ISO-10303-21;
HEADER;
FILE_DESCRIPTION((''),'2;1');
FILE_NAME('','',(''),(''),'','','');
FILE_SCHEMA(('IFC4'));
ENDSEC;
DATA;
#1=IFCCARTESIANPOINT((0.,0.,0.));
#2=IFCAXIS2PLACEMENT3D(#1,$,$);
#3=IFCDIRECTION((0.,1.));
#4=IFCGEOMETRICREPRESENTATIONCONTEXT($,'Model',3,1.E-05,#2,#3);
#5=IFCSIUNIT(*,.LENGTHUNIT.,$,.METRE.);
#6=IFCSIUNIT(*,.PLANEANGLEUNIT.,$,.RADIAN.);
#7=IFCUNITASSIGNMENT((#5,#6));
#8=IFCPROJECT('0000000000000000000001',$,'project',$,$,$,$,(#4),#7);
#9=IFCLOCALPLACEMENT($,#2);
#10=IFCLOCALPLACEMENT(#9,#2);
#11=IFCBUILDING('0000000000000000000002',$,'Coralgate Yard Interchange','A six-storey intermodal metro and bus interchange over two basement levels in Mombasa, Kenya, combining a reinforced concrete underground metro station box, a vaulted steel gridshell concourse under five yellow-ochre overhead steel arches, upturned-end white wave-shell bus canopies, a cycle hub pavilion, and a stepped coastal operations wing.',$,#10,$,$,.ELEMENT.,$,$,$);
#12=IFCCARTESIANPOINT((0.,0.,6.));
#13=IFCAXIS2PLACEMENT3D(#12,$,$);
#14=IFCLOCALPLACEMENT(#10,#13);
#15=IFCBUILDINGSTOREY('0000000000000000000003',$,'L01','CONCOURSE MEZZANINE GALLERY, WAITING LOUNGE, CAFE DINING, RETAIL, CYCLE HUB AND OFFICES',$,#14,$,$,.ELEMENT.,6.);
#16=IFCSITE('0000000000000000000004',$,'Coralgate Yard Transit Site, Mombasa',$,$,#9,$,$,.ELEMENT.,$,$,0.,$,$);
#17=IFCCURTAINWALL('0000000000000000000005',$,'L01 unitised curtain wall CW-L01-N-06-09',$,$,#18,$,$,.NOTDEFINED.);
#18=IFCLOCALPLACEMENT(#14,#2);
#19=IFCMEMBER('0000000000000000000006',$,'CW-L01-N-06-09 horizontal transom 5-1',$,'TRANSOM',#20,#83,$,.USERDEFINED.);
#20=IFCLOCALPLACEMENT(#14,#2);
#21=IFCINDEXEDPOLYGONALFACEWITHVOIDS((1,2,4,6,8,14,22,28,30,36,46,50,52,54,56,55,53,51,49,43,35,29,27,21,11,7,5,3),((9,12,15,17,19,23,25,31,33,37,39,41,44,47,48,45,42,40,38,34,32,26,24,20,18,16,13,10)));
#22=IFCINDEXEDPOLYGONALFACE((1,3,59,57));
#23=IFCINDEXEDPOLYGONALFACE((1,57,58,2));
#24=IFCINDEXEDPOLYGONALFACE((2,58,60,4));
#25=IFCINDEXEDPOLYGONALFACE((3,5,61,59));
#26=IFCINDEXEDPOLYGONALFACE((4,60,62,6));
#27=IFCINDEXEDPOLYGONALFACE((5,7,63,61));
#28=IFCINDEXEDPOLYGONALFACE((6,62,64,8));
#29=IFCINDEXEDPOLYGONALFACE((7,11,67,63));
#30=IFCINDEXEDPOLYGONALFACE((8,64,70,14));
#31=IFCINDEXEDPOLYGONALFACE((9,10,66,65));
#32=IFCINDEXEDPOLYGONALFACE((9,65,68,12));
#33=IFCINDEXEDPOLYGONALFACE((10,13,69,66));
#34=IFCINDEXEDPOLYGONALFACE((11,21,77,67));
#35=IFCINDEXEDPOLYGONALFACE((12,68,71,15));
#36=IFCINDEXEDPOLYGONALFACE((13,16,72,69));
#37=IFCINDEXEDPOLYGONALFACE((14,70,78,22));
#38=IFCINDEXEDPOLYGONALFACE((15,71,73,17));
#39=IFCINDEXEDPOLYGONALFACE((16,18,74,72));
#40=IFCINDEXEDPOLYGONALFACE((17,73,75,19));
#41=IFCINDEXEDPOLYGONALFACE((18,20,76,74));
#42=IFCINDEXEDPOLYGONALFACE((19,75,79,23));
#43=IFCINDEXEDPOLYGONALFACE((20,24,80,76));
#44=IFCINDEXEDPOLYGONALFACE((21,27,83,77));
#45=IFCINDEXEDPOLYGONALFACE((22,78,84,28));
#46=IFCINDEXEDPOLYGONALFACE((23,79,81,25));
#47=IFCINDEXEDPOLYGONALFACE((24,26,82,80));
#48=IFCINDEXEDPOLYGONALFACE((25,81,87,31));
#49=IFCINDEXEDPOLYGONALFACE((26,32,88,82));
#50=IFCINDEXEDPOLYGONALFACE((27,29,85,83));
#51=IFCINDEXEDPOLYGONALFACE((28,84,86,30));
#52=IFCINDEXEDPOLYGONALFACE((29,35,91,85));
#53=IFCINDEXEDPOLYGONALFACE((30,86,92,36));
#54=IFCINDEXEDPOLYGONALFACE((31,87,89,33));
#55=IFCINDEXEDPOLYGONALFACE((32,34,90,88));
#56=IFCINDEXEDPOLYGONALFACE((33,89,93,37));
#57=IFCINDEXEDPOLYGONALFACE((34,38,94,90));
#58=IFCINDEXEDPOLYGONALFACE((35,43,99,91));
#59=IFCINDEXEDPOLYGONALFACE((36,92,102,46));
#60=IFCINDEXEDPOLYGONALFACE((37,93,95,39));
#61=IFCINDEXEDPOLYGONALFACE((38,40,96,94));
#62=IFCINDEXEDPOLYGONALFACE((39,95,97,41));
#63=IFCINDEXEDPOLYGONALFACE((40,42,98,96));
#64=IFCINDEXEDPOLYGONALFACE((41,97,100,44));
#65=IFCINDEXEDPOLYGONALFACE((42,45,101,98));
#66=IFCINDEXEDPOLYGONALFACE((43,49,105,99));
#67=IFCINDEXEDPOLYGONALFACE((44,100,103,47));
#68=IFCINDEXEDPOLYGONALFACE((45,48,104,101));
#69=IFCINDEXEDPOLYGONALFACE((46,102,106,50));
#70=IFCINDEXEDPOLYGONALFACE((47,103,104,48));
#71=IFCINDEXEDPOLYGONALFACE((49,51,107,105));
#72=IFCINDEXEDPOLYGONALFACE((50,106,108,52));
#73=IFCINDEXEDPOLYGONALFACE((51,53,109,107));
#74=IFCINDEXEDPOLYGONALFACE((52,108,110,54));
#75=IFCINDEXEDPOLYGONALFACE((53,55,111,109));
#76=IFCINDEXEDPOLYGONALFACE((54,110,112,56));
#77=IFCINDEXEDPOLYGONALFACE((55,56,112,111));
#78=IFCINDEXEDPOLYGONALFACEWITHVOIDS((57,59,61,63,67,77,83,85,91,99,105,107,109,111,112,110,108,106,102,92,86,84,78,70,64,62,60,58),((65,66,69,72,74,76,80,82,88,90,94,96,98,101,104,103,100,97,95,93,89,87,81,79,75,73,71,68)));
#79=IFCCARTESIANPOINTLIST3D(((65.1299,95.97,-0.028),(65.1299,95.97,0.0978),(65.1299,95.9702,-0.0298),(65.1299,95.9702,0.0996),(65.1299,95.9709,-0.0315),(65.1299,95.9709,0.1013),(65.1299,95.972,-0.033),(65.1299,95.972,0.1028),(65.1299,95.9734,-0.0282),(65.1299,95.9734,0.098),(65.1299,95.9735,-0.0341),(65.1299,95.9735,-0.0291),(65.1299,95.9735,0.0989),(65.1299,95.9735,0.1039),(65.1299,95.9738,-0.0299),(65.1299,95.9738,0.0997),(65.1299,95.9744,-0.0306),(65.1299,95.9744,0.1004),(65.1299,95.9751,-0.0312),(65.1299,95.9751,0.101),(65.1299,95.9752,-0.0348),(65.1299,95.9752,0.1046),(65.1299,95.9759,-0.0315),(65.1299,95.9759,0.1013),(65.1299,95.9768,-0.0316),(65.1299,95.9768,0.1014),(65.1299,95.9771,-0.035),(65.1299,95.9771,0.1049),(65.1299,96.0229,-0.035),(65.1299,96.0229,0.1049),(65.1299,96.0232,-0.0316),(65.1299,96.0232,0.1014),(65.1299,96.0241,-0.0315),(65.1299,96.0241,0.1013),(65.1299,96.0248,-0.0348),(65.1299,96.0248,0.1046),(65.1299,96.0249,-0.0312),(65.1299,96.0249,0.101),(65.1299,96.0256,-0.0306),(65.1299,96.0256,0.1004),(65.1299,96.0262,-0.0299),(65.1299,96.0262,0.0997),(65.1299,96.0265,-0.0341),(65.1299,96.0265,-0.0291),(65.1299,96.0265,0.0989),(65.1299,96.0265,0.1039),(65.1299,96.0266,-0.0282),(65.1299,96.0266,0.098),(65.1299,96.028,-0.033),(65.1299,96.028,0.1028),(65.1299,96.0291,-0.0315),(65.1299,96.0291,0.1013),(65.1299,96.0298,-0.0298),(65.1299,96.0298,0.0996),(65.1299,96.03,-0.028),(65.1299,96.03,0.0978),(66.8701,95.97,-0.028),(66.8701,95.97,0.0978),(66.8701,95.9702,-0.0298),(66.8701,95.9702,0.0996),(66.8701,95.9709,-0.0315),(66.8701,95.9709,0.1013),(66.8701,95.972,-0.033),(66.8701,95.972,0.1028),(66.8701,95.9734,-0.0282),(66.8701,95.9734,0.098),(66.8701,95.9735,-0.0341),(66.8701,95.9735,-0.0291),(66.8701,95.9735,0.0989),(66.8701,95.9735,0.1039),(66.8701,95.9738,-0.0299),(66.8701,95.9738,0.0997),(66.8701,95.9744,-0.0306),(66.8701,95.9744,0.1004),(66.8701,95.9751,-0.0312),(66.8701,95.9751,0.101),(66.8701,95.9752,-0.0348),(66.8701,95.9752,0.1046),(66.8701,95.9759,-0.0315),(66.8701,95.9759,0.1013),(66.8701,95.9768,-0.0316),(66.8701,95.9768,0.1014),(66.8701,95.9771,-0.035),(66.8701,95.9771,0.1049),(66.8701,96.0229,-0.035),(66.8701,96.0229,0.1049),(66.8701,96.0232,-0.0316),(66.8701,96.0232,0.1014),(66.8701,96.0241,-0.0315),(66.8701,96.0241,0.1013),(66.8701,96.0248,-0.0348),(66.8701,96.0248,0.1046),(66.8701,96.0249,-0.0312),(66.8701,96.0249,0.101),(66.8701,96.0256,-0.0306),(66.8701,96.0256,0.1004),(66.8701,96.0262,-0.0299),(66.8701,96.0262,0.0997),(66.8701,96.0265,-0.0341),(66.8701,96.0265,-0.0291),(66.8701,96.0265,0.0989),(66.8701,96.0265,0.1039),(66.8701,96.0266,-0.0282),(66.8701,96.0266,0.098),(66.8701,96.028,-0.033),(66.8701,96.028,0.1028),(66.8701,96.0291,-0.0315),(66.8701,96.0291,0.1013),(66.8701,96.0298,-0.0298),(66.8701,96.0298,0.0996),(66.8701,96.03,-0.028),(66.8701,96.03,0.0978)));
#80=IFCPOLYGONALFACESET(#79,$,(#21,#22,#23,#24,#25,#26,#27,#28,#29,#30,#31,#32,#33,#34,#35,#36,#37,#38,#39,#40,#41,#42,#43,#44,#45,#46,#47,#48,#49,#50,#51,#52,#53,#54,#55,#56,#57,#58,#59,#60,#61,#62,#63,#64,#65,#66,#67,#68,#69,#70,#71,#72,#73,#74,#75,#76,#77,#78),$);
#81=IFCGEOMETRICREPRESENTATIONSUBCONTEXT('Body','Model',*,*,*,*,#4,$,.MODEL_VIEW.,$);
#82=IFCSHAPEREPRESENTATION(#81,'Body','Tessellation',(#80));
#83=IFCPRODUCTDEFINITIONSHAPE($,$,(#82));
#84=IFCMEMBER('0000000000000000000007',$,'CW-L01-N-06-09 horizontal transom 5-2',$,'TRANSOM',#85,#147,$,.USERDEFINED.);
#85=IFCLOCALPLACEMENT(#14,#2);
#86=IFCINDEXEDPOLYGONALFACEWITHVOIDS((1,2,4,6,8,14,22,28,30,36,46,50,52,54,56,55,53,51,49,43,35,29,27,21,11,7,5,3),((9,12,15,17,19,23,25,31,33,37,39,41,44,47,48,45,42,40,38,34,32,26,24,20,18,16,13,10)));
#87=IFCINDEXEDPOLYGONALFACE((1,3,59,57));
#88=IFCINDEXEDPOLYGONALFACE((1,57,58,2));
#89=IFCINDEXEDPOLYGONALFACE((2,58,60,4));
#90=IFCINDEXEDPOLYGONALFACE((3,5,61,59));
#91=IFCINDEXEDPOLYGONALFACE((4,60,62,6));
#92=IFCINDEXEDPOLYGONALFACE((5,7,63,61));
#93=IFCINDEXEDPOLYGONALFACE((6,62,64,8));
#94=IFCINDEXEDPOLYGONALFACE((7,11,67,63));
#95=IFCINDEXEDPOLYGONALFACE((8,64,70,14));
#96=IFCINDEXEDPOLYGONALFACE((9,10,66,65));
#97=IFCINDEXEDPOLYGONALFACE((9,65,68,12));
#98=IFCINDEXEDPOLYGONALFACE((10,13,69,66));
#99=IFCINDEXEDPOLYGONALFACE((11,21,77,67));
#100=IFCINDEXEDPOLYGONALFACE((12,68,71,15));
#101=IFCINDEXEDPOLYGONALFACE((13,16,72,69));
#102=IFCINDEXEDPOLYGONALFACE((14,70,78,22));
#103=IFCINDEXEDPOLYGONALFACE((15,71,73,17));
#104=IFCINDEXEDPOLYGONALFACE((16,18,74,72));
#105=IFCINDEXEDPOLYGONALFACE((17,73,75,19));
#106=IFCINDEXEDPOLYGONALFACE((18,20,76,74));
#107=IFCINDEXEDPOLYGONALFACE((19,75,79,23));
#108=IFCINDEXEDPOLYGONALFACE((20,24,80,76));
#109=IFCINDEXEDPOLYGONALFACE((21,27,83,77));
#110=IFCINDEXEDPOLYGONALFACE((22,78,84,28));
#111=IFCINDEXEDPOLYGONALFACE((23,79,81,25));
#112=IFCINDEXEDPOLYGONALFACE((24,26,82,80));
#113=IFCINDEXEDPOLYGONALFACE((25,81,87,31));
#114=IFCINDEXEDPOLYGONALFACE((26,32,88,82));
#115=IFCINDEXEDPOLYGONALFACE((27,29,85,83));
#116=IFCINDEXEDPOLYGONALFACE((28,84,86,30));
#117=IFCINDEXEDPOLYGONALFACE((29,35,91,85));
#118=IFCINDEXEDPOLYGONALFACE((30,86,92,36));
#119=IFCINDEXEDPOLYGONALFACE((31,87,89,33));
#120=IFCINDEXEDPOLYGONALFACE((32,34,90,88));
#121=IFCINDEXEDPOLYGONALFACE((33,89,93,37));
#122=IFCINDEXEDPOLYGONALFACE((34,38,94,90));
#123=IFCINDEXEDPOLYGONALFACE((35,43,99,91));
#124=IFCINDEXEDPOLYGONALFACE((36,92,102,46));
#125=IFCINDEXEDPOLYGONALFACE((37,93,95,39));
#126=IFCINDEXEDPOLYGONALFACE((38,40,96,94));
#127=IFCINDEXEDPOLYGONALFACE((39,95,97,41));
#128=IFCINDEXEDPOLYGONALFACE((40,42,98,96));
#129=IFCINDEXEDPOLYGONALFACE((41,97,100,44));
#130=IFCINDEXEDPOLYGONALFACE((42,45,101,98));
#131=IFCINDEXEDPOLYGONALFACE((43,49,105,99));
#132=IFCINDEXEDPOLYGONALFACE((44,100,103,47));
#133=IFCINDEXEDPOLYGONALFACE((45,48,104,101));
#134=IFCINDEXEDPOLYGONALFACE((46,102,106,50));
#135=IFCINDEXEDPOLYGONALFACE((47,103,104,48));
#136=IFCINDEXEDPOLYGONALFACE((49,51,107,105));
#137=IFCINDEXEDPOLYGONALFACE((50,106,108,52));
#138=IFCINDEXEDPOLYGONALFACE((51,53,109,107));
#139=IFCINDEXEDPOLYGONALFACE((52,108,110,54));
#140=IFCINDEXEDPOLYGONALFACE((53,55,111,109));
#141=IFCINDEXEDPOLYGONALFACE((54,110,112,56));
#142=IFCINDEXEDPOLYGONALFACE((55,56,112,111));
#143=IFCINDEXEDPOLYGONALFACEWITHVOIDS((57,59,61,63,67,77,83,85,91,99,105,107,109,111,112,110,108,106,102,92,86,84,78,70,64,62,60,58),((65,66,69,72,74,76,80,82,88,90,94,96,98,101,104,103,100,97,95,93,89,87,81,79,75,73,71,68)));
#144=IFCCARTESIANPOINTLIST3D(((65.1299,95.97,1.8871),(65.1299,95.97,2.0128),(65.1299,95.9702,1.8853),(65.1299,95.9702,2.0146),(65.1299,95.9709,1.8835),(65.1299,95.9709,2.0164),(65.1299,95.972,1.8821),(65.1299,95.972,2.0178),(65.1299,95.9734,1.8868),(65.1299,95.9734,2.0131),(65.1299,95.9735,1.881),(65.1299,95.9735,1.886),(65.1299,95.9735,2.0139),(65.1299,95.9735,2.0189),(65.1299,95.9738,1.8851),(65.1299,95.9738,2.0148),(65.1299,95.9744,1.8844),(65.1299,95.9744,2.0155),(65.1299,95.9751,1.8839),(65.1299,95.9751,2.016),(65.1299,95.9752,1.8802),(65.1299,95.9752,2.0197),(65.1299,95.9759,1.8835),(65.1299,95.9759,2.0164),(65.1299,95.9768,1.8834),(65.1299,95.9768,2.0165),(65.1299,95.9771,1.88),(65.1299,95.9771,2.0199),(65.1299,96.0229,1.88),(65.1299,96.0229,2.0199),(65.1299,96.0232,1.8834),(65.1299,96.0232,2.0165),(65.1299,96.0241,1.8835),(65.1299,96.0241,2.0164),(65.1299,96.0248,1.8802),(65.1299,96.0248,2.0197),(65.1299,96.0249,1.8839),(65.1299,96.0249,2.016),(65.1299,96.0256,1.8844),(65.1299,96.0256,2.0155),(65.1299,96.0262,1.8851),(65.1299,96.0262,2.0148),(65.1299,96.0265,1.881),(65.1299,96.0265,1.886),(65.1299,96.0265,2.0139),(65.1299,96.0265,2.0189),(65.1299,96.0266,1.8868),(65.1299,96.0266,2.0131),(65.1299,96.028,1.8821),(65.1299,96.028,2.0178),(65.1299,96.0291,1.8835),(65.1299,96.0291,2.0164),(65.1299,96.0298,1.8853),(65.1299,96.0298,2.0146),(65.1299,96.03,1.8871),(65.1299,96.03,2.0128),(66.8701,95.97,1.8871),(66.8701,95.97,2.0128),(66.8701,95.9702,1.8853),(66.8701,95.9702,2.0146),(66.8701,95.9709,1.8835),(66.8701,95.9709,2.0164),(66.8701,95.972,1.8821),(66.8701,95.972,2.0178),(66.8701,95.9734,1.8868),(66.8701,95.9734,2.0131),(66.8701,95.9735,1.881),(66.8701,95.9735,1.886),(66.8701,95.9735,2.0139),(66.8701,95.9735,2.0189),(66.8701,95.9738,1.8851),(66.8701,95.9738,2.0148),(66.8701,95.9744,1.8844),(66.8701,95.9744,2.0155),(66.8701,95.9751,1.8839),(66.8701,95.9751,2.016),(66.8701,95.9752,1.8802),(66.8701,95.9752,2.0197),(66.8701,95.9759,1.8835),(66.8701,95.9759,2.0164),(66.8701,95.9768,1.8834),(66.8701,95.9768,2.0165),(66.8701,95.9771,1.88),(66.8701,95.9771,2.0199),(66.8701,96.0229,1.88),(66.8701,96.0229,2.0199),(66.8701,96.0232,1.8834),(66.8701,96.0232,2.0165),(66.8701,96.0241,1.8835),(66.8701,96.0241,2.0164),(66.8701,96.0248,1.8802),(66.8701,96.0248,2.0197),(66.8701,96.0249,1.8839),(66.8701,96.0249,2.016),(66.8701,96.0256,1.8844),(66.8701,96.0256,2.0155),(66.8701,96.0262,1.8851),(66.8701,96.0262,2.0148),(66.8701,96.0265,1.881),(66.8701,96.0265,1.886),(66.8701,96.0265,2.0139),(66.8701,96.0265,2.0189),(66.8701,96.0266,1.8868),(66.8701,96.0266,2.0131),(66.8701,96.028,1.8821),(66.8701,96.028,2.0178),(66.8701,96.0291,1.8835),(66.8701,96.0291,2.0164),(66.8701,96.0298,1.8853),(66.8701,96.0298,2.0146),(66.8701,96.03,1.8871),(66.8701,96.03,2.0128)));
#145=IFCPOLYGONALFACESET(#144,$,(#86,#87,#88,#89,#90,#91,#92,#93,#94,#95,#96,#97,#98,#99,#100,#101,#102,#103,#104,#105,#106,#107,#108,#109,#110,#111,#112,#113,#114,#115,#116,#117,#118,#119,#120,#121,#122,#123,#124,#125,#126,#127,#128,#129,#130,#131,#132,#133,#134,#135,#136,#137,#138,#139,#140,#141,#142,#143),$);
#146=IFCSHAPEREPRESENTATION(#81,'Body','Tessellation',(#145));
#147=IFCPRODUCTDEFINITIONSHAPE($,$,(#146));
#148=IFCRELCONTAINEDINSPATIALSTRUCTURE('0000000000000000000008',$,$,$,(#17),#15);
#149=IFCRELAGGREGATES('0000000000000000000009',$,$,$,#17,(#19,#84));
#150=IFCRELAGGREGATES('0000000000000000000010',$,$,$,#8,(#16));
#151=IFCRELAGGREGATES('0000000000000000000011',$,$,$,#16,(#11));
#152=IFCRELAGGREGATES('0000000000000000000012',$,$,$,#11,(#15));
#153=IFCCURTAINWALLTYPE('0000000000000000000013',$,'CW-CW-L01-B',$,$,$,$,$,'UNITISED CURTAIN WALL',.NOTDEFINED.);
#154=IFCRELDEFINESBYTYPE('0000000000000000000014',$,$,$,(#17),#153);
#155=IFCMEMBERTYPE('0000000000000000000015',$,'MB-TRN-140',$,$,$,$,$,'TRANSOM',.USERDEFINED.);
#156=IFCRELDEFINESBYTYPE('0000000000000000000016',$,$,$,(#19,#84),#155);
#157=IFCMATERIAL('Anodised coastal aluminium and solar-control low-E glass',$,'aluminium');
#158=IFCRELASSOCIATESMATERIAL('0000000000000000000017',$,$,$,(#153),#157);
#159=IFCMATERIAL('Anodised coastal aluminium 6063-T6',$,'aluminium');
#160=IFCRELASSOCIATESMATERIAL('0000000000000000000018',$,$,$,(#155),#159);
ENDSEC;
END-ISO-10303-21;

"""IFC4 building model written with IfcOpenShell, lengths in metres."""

from ifc_helpers import new_model, si_unit, direction, frame, origin, origin_2d, place, context, subcontext, project, spatial, hollow_rectangle, extrude, material, material_profile, profile_set, type_object, element, aggregate, save


model = new_model("IFC4")

# Units and contexts
model_context = context("Model", 3, precision=1e-05, world=origin(), true_north=direction((0.0, 1.0)))
body_context = subcontext(model_context, "Body", "Model", "MODEL_VIEW")
ifc_project = project(units=[si_unit("LENGTHUNIT", "METRE"), si_unit("PLANEANGLEUNIT", "RADIAN")], contexts=[model_context])

# Site, building, storey
site_placement = place(None, origin())
site = spatial("IfcSite", under=ifc_project, at=site_placement, Name="Coralgate Yard Transit Site, Mombasa", CompositionType="ELEMENT", RefElevation=0.0)
building_placement = place(site_placement, origin())
building = spatial("IfcBuilding", under=site, at=building_placement, Name="Coralgate Yard Interchange", Description="A six-storey intermodal metro and bus interchange over two basement levels in Mombasa, Kenya, combining a reinforced concrete underground metro station box, a vaulted steel gridshell concourse under five yellow-ochre overhead steel arches, upturned-end white wave-shell bus canopies, a cycle hub pavilion, and a stepped coastal operations wing.", CompositionType="ELEMENT")
storey_placement = place(building_placement, frame((0.0, 0.0, 6.0)))
storey = spatial("IfcBuildingStorey", under=building, at=storey_placement, Name="L01", Description="CONCOURSE MEZZANINE GALLERY, WAITING LOUNGE, CAFE DINING, RETAIL, CYCLE HUB AND OFFICES", CompositionType="ELEMENT", Elevation=6.0)

# Curtain wall
ifc_material_1 = material(Name="Anodised coastal aluminium and solar-control low-E glass", Category="aluminium")
curtain_wall_type = type_object("IfcCurtainWallType", Name="CW-CW-L01-B", ElementType="UNITISED CURTAIN WALL", PredefinedType="NOTDEFINED", material=ifc_material_1)
curtain_wall_1_placement = place(storey_placement, origin())
curtain_wall_1 = element("IfcCurtainWall", 1, at=curtain_wall_1_placement, inside=storey, type_object=curtain_wall_type, Name="L01 unitised curtain wall CW-L01-N-06-09", PredefinedType="NOTDEFINED")
ifc_material_2 = material(Name="Anodised coastal aluminium 6063-T6", Category="aluminium")

# Members
ifc_material_profile_1 = material_profile(ifc_material_2, hollow_rectangle(XDim=0.0601, YDim=0.1399, WallThickness=0.0034, InnerFilletRadius=0.0034, OuterFilletRadius=0.0071, at=origin_2d()), Name="ALU 60x140x3.5")
ifc_profile_set_1 = profile_set([ifc_material_profile_1], Name="Anodised coastal aluminium 6063-T6")
member_type_1 = type_object("IfcMemberType", Name="MB-TRN-140", ElementType="TRANSOM", PredefinedType="USERDEFINED", material=ifc_profile_set_1)
member_1_placement = place(storey_placement, frame((65.1299, 96.0, 0.0349), z_axis=(1.0, 0.0, 0.0), x_axis=(0.0, 1.0, 0.0)))
member_1 = element("IfcMember", 2, at=member_1_placement, type_object=member_type_1, Name="CW-L01-N-06-09 horizontal transom 5-1", ObjectType="TRANSOM", PredefinedType="USERDEFINED", context=body_context, shape_type="SweptSolid", body=[
    extrude(hollow_rectangle(XDim=0.0601, YDim=0.1399, WallThickness=0.0034, InnerFilletRadius=0.0034, OuterFilletRadius=0.0071, at=origin_2d()), origin(), (0.0, 0.0, 1.0), 1.7402),
])
member_2_placement = place(storey_placement, frame((65.1299, 96.0, 1.95), z_axis=(1.0, 0.0, 0.0), x_axis=(0.0, 1.0, 0.0)))
member_2 = element("IfcMember", 3, at=member_2_placement, type_object=member_type_1, Name="CW-L01-N-06-09 horizontal transom 5-2", ObjectType="TRANSOM", PredefinedType="USERDEFINED", context=body_context, shape_type="SweptSolid", body=[
    extrude(hollow_rectangle(XDim=0.0601, YDim=0.1399, WallThickness=0.0034, InnerFilletRadius=0.0034, OuterFilletRadius=0.0071, at=origin_2d()), origin(), (0.0, 0.0, 1.0), 1.7402),
])

aggregate(curtain_wall_1, [member_1, member_2])

save(model, "model.ifc")
